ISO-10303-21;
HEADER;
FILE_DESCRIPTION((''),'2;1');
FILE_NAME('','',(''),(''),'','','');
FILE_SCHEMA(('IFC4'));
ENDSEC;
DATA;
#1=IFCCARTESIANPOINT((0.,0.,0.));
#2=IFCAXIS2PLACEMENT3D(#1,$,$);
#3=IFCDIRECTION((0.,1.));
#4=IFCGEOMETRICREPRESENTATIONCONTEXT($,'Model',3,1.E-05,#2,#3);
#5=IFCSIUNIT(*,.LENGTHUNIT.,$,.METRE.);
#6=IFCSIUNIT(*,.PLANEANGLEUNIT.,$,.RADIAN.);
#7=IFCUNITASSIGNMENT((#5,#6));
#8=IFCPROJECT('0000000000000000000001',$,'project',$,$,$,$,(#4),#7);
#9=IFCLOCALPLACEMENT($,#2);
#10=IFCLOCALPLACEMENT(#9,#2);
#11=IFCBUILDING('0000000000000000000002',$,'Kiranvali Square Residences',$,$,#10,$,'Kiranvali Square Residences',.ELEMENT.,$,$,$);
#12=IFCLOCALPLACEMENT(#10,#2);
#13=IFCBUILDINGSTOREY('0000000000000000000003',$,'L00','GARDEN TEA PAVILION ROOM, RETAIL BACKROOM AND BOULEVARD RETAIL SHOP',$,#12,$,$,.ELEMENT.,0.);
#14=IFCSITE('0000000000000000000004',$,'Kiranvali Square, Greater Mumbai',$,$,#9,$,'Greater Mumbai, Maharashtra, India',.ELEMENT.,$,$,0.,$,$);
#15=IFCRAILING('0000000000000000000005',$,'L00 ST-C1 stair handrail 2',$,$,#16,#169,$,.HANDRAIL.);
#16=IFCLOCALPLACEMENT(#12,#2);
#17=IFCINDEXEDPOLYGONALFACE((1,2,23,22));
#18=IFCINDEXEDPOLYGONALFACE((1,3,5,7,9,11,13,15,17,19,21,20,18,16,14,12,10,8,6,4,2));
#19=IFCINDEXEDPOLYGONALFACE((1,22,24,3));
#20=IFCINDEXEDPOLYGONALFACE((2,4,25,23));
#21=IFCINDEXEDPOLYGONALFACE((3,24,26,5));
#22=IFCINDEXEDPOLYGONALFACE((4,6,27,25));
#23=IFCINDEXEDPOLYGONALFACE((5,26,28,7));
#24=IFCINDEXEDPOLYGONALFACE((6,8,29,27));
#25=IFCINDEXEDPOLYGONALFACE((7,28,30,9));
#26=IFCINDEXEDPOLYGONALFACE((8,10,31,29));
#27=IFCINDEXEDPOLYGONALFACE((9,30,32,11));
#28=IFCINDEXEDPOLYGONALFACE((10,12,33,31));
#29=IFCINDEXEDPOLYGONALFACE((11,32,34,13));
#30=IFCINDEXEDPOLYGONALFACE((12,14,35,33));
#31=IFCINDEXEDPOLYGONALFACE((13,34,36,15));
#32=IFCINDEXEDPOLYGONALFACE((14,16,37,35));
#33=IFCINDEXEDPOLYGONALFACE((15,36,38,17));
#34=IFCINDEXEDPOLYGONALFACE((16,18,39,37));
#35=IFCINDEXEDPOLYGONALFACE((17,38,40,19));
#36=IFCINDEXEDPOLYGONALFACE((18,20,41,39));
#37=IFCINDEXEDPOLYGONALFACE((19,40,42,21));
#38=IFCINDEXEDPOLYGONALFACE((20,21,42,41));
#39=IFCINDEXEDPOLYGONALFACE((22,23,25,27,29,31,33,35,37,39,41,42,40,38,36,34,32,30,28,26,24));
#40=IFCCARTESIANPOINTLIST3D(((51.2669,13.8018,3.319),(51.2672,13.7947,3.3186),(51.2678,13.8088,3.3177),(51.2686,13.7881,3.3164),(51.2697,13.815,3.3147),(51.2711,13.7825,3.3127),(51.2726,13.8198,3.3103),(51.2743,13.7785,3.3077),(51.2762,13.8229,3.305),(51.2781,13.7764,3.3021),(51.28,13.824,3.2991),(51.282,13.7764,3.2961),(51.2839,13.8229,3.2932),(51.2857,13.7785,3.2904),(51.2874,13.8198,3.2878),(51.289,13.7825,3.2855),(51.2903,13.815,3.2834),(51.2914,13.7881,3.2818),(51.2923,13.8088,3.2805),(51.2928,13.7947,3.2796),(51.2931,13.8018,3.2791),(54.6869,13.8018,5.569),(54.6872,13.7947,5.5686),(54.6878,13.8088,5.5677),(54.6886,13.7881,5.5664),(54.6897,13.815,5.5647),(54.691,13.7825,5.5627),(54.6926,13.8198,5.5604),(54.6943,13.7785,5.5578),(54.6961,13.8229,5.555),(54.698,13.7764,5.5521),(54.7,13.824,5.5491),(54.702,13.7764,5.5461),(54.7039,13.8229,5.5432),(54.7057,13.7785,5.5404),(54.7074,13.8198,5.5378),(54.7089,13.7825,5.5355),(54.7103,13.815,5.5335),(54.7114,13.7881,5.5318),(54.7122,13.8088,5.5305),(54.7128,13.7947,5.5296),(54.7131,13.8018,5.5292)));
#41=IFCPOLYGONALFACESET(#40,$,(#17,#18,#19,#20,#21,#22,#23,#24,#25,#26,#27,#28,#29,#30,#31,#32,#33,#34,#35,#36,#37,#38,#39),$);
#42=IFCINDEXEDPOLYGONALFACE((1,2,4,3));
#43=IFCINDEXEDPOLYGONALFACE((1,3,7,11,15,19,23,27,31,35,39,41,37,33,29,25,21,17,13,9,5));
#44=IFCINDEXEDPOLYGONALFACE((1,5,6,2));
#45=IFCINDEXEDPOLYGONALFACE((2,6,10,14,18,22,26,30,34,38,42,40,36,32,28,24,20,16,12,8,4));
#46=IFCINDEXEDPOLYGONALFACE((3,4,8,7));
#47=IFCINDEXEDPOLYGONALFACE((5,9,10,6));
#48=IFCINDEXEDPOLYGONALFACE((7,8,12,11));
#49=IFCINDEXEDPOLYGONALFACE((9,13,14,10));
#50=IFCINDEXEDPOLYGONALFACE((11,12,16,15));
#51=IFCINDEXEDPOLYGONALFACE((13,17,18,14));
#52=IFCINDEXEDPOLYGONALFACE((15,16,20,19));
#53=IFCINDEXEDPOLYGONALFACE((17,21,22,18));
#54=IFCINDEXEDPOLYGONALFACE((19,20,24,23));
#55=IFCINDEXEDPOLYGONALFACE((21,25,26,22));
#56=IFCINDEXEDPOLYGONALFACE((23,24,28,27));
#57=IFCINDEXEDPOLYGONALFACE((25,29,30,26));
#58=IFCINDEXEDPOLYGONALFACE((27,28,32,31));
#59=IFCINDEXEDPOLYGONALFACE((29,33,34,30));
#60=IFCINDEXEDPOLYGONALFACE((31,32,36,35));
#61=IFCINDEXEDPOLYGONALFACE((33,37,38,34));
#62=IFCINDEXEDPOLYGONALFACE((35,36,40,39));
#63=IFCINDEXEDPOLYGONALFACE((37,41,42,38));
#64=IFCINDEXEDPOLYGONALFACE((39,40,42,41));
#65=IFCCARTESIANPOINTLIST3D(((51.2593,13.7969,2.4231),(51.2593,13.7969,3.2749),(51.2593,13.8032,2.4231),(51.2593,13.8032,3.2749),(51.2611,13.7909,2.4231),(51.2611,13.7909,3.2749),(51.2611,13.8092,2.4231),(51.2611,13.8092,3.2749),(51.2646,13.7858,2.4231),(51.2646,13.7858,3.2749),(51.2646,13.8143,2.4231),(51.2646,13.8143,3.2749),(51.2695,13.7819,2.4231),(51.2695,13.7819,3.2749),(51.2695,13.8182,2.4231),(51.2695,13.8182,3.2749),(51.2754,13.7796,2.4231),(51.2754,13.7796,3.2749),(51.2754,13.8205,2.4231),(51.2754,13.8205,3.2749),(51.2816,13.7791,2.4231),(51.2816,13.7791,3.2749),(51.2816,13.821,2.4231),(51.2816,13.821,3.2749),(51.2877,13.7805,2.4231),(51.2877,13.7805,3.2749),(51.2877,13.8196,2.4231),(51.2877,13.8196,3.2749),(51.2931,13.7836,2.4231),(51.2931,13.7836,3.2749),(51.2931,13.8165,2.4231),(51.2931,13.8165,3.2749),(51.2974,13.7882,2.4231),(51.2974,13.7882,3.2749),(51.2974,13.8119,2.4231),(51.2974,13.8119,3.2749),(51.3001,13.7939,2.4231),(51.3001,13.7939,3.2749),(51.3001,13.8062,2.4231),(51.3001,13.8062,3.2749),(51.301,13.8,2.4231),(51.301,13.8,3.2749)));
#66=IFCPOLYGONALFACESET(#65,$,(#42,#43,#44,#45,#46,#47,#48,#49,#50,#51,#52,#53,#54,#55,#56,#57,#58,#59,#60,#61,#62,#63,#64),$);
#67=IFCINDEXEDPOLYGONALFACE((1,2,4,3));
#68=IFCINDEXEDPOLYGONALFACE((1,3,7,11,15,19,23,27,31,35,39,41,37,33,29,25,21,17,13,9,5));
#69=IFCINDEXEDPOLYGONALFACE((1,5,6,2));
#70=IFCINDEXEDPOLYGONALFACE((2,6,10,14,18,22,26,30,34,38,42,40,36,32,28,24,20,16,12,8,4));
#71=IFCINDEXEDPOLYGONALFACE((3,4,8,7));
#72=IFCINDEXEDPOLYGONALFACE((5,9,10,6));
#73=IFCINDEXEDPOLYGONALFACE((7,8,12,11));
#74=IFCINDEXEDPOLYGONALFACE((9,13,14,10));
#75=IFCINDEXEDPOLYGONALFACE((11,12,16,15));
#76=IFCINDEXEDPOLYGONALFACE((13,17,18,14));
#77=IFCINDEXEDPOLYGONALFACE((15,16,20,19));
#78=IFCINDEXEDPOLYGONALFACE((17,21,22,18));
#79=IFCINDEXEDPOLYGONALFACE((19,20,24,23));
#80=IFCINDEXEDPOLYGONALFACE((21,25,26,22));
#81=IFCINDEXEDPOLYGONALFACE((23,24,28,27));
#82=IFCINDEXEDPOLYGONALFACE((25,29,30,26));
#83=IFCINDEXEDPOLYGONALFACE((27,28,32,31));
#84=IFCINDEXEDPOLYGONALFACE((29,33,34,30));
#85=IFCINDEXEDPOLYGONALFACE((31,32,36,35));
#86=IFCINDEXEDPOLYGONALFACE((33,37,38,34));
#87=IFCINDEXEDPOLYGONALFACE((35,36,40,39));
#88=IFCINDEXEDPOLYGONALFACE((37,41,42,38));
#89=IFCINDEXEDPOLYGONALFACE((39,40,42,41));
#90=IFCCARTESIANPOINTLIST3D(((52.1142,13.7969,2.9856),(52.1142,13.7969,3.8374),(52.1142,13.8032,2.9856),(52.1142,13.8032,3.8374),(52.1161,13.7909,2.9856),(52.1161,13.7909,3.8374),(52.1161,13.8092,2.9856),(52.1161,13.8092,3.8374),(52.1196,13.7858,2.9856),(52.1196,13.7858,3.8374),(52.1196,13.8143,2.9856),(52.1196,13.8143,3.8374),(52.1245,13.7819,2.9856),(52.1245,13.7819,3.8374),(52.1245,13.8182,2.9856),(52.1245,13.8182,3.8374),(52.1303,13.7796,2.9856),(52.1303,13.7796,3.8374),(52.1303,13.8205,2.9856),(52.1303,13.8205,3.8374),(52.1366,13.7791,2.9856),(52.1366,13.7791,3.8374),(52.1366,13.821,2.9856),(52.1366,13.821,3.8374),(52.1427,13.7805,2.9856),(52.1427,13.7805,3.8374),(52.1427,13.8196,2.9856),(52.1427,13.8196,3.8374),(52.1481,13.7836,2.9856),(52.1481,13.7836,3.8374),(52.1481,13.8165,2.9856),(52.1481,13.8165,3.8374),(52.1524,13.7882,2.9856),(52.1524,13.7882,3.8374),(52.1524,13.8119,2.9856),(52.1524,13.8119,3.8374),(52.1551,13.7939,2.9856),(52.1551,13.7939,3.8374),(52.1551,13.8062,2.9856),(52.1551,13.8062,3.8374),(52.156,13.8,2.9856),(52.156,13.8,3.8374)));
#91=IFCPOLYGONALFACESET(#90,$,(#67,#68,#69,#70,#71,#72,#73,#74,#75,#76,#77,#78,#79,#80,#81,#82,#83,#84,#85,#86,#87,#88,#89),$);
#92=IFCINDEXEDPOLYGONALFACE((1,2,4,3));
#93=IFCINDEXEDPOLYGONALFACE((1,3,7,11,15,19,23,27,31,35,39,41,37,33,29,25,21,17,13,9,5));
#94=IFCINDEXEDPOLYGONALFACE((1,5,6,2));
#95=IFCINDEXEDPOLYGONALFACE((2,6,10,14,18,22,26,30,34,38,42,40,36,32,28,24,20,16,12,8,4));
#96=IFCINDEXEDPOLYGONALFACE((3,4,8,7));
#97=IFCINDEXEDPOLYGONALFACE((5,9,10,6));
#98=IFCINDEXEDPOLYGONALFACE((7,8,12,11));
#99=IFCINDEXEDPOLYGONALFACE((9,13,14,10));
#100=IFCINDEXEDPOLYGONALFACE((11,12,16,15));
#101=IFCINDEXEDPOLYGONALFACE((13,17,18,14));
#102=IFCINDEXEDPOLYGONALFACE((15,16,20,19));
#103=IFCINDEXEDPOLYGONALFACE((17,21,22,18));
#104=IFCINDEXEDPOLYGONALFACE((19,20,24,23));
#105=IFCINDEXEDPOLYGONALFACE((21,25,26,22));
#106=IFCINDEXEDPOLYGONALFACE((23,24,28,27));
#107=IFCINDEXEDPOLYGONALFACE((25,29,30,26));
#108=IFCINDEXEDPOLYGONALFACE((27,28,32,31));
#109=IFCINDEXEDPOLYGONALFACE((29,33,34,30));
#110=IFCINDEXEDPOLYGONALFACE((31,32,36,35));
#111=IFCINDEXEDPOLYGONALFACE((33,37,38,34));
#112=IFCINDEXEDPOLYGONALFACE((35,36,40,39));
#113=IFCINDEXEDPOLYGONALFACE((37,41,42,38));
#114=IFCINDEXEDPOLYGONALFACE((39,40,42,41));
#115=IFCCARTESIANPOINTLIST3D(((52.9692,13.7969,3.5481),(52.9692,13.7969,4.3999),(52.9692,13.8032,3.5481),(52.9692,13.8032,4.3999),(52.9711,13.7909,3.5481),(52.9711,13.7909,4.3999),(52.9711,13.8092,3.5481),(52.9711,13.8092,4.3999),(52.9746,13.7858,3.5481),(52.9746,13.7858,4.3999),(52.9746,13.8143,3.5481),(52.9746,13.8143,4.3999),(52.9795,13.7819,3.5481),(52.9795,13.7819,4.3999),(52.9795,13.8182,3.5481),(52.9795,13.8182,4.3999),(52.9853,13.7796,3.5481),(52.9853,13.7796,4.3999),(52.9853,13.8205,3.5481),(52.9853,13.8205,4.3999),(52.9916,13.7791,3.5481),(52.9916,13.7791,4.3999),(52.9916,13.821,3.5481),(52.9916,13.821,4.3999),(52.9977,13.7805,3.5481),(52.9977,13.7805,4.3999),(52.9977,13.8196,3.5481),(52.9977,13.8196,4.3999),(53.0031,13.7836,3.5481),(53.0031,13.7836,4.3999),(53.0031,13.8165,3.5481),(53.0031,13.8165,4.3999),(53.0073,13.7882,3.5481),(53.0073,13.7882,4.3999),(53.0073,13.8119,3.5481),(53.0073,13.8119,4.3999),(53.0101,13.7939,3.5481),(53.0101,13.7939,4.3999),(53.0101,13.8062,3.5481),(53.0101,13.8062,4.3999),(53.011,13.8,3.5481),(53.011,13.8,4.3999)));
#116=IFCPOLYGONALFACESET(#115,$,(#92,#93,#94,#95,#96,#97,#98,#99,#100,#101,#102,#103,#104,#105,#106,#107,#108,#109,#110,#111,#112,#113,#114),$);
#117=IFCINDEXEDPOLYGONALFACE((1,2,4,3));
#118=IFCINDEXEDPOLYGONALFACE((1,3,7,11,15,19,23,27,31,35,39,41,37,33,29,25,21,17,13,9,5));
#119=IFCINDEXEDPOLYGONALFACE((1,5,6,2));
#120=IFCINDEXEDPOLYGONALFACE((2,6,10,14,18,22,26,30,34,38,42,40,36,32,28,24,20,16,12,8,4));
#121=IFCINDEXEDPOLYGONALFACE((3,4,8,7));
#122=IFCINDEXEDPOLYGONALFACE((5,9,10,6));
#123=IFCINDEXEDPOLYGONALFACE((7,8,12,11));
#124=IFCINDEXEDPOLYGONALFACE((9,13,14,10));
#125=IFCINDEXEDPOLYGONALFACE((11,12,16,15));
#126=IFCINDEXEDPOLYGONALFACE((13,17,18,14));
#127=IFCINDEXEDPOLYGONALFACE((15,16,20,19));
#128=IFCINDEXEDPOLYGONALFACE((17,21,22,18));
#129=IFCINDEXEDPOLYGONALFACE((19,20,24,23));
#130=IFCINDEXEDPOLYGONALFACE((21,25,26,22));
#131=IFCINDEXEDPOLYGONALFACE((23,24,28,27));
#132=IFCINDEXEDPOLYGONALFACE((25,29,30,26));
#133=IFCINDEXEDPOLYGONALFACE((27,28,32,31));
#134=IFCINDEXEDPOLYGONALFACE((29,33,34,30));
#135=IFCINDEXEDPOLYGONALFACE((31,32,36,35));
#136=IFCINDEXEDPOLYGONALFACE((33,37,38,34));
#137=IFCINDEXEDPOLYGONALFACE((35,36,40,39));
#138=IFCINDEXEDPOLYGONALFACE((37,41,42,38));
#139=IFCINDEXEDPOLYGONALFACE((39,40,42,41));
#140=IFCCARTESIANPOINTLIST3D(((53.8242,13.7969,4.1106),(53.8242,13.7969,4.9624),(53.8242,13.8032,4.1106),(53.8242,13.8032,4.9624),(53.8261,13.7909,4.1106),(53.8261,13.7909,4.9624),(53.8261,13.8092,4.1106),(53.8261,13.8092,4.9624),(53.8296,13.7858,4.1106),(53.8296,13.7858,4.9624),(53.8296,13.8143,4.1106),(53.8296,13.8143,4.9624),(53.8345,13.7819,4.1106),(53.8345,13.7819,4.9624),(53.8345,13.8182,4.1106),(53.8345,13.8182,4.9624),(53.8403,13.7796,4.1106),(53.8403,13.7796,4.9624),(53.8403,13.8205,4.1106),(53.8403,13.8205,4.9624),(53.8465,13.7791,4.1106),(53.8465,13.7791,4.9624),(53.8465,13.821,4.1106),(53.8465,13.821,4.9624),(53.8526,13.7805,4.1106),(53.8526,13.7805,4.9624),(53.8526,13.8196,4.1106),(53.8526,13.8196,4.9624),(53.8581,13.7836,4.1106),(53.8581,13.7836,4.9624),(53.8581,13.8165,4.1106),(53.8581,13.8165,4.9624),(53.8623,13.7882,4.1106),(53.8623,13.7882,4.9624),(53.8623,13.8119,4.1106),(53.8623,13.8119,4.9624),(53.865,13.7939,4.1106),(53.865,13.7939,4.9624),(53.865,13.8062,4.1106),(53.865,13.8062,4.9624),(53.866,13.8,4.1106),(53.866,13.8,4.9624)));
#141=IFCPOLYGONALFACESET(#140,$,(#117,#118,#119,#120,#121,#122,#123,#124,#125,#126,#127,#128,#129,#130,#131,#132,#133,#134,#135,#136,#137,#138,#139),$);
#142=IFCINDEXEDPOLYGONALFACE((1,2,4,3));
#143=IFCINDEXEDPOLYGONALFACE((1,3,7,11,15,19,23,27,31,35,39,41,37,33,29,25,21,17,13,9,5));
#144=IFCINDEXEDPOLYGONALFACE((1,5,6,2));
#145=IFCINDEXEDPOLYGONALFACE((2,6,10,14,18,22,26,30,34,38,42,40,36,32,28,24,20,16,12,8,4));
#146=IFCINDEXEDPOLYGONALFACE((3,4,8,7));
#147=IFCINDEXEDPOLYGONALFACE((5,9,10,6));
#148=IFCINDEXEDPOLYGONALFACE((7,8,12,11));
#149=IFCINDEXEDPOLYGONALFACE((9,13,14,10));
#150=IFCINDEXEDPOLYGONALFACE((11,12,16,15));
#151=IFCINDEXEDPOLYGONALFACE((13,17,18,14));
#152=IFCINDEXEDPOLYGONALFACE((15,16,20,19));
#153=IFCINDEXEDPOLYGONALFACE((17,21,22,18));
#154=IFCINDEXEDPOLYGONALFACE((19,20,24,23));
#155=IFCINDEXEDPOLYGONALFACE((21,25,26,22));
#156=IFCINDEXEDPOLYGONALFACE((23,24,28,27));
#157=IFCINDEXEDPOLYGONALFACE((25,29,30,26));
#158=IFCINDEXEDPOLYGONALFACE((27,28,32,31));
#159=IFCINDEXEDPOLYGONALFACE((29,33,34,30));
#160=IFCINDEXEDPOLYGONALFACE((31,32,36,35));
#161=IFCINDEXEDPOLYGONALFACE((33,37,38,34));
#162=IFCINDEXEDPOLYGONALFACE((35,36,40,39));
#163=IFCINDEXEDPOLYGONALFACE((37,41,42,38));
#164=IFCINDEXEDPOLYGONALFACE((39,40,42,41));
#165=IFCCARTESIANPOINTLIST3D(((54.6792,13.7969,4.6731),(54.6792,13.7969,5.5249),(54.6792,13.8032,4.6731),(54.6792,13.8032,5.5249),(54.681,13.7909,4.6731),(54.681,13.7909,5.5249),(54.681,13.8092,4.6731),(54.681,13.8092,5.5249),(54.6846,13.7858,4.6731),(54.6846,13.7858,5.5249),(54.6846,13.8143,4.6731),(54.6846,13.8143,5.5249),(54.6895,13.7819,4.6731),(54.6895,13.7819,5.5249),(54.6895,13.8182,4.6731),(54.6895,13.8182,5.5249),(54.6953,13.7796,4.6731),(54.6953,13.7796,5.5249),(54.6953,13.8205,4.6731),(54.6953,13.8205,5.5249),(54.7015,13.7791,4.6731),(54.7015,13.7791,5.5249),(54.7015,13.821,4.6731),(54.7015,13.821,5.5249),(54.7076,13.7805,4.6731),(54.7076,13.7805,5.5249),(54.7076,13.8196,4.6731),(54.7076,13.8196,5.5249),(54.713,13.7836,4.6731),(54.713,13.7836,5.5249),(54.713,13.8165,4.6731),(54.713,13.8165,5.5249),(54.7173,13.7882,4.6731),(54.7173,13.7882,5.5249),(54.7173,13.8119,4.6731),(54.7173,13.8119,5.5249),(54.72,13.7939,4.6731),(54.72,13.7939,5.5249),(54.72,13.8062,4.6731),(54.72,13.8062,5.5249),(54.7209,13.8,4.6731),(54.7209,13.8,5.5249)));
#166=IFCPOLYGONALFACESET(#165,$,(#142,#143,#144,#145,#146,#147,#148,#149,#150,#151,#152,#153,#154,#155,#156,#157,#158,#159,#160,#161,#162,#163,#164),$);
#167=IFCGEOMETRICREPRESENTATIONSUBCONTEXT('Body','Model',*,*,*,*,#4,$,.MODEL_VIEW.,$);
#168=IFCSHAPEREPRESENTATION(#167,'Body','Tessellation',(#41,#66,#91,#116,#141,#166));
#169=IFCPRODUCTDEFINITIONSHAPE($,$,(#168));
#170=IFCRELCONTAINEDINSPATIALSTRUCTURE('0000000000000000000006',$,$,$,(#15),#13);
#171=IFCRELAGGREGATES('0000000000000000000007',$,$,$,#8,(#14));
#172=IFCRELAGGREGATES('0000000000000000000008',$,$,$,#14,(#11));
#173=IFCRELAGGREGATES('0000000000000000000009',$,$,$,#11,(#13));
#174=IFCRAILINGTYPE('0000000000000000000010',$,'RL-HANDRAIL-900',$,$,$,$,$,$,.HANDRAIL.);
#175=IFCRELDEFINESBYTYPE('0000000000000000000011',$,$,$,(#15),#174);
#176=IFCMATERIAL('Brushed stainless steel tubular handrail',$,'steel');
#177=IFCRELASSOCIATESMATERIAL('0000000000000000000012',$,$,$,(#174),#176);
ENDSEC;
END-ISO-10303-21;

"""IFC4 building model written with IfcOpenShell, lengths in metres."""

from ifc_helpers import new_model, si_unit, direction, frame, origin, origin_2d, place, context, subcontext, project, spatial, circle, extrude, material, type_object, element, save


model = new_model("IFC4")

# Units and contexts
model_context = context("Model", 3, precision=1e-05, world=origin(), true_north=direction((0.0, 1.0)))
body_context = subcontext(model_context, "Body", "Model", "MODEL_VIEW")
ifc_project = project(units=[si_unit("LENGTHUNIT", "METRE"), si_unit("PLANEANGLEUNIT", "RADIAN")], contexts=[model_context])

# Site, building, storey
site_placement = place(None, origin())
site = spatial("IfcSite", under=ifc_project, at=site_placement, Name="Kiranvali Square, Greater Mumbai", LongName="Greater Mumbai, Maharashtra, India", CompositionType="ELEMENT", RefElevation=0.0)
building_placement = place(site_placement, origin())
building = spatial("IfcBuilding", under=site, at=building_placement, Name="Kiranvali Square Residences", LongName="Kiranvali Square Residences", CompositionType="ELEMENT")
storey_placement = place(building_placement, origin())
storey = spatial("IfcBuildingStorey", under=building, at=storey_placement, Name="L00", Description="GARDEN TEA PAVILION ROOM, RETAIL BACKROOM AND BOULEVARD RETAIL SHOP", CompositionType="ELEMENT", Elevation=0.0)

# Railing
ifc_material_1 = material(Name="Brushed stainless steel tubular handrail", Category="steel")
railing_type_1 = type_object("IfcRailingType", Name="RL-HANDRAIL-900", PredefinedType="HANDRAIL", material=ifc_material_1)
railing_1_placement = place(storey_placement, frame((51.28, 13.8, 2.4231)))
element("IfcRailing", 1, at=railing_1_placement, inside=storey, type_object=railing_type_1, Name="L00 ST-C1 stair handrail 2", PredefinedType="HANDRAIL", context=body_context, shape_type="SweptSolid", body=[
    extrude(circle(Radius=0.0239, at=origin_2d()), frame((0.0, 0.0, 0.876), z_axis=(0.835411, 0.0, 0.549625), x_axis=(0.0, 1.0, 0.0)), (0.0, 0.0, 1.0), 4.0938),
    extrude(circle(Radius=0.021, at=origin_2d()), origin(), (0.0, 0.0, 1.0), 0.8518),
    extrude(circle(Radius=0.021, at=origin_2d()), frame((0.855, 0.0, 0.5625)), (0.0, 0.0, 1.0), 0.8518),
    extrude(circle(Radius=0.021, at=origin_2d()), frame((1.71, 0.0, 1.125)), (0.0, 0.0, 1.0), 0.8518),
    extrude(circle(Radius=0.021, at=origin_2d()), frame((2.5649, 0.0, 1.6875)), (0.0, 0.0, 1.0), 0.8518),
    extrude(circle(Radius=0.021, at=origin_2d()), frame((3.4199, 0.0, 2.25)), (0.0, 0.0, 1.0), 0.8518),
])

save(model, "model.ifc")
